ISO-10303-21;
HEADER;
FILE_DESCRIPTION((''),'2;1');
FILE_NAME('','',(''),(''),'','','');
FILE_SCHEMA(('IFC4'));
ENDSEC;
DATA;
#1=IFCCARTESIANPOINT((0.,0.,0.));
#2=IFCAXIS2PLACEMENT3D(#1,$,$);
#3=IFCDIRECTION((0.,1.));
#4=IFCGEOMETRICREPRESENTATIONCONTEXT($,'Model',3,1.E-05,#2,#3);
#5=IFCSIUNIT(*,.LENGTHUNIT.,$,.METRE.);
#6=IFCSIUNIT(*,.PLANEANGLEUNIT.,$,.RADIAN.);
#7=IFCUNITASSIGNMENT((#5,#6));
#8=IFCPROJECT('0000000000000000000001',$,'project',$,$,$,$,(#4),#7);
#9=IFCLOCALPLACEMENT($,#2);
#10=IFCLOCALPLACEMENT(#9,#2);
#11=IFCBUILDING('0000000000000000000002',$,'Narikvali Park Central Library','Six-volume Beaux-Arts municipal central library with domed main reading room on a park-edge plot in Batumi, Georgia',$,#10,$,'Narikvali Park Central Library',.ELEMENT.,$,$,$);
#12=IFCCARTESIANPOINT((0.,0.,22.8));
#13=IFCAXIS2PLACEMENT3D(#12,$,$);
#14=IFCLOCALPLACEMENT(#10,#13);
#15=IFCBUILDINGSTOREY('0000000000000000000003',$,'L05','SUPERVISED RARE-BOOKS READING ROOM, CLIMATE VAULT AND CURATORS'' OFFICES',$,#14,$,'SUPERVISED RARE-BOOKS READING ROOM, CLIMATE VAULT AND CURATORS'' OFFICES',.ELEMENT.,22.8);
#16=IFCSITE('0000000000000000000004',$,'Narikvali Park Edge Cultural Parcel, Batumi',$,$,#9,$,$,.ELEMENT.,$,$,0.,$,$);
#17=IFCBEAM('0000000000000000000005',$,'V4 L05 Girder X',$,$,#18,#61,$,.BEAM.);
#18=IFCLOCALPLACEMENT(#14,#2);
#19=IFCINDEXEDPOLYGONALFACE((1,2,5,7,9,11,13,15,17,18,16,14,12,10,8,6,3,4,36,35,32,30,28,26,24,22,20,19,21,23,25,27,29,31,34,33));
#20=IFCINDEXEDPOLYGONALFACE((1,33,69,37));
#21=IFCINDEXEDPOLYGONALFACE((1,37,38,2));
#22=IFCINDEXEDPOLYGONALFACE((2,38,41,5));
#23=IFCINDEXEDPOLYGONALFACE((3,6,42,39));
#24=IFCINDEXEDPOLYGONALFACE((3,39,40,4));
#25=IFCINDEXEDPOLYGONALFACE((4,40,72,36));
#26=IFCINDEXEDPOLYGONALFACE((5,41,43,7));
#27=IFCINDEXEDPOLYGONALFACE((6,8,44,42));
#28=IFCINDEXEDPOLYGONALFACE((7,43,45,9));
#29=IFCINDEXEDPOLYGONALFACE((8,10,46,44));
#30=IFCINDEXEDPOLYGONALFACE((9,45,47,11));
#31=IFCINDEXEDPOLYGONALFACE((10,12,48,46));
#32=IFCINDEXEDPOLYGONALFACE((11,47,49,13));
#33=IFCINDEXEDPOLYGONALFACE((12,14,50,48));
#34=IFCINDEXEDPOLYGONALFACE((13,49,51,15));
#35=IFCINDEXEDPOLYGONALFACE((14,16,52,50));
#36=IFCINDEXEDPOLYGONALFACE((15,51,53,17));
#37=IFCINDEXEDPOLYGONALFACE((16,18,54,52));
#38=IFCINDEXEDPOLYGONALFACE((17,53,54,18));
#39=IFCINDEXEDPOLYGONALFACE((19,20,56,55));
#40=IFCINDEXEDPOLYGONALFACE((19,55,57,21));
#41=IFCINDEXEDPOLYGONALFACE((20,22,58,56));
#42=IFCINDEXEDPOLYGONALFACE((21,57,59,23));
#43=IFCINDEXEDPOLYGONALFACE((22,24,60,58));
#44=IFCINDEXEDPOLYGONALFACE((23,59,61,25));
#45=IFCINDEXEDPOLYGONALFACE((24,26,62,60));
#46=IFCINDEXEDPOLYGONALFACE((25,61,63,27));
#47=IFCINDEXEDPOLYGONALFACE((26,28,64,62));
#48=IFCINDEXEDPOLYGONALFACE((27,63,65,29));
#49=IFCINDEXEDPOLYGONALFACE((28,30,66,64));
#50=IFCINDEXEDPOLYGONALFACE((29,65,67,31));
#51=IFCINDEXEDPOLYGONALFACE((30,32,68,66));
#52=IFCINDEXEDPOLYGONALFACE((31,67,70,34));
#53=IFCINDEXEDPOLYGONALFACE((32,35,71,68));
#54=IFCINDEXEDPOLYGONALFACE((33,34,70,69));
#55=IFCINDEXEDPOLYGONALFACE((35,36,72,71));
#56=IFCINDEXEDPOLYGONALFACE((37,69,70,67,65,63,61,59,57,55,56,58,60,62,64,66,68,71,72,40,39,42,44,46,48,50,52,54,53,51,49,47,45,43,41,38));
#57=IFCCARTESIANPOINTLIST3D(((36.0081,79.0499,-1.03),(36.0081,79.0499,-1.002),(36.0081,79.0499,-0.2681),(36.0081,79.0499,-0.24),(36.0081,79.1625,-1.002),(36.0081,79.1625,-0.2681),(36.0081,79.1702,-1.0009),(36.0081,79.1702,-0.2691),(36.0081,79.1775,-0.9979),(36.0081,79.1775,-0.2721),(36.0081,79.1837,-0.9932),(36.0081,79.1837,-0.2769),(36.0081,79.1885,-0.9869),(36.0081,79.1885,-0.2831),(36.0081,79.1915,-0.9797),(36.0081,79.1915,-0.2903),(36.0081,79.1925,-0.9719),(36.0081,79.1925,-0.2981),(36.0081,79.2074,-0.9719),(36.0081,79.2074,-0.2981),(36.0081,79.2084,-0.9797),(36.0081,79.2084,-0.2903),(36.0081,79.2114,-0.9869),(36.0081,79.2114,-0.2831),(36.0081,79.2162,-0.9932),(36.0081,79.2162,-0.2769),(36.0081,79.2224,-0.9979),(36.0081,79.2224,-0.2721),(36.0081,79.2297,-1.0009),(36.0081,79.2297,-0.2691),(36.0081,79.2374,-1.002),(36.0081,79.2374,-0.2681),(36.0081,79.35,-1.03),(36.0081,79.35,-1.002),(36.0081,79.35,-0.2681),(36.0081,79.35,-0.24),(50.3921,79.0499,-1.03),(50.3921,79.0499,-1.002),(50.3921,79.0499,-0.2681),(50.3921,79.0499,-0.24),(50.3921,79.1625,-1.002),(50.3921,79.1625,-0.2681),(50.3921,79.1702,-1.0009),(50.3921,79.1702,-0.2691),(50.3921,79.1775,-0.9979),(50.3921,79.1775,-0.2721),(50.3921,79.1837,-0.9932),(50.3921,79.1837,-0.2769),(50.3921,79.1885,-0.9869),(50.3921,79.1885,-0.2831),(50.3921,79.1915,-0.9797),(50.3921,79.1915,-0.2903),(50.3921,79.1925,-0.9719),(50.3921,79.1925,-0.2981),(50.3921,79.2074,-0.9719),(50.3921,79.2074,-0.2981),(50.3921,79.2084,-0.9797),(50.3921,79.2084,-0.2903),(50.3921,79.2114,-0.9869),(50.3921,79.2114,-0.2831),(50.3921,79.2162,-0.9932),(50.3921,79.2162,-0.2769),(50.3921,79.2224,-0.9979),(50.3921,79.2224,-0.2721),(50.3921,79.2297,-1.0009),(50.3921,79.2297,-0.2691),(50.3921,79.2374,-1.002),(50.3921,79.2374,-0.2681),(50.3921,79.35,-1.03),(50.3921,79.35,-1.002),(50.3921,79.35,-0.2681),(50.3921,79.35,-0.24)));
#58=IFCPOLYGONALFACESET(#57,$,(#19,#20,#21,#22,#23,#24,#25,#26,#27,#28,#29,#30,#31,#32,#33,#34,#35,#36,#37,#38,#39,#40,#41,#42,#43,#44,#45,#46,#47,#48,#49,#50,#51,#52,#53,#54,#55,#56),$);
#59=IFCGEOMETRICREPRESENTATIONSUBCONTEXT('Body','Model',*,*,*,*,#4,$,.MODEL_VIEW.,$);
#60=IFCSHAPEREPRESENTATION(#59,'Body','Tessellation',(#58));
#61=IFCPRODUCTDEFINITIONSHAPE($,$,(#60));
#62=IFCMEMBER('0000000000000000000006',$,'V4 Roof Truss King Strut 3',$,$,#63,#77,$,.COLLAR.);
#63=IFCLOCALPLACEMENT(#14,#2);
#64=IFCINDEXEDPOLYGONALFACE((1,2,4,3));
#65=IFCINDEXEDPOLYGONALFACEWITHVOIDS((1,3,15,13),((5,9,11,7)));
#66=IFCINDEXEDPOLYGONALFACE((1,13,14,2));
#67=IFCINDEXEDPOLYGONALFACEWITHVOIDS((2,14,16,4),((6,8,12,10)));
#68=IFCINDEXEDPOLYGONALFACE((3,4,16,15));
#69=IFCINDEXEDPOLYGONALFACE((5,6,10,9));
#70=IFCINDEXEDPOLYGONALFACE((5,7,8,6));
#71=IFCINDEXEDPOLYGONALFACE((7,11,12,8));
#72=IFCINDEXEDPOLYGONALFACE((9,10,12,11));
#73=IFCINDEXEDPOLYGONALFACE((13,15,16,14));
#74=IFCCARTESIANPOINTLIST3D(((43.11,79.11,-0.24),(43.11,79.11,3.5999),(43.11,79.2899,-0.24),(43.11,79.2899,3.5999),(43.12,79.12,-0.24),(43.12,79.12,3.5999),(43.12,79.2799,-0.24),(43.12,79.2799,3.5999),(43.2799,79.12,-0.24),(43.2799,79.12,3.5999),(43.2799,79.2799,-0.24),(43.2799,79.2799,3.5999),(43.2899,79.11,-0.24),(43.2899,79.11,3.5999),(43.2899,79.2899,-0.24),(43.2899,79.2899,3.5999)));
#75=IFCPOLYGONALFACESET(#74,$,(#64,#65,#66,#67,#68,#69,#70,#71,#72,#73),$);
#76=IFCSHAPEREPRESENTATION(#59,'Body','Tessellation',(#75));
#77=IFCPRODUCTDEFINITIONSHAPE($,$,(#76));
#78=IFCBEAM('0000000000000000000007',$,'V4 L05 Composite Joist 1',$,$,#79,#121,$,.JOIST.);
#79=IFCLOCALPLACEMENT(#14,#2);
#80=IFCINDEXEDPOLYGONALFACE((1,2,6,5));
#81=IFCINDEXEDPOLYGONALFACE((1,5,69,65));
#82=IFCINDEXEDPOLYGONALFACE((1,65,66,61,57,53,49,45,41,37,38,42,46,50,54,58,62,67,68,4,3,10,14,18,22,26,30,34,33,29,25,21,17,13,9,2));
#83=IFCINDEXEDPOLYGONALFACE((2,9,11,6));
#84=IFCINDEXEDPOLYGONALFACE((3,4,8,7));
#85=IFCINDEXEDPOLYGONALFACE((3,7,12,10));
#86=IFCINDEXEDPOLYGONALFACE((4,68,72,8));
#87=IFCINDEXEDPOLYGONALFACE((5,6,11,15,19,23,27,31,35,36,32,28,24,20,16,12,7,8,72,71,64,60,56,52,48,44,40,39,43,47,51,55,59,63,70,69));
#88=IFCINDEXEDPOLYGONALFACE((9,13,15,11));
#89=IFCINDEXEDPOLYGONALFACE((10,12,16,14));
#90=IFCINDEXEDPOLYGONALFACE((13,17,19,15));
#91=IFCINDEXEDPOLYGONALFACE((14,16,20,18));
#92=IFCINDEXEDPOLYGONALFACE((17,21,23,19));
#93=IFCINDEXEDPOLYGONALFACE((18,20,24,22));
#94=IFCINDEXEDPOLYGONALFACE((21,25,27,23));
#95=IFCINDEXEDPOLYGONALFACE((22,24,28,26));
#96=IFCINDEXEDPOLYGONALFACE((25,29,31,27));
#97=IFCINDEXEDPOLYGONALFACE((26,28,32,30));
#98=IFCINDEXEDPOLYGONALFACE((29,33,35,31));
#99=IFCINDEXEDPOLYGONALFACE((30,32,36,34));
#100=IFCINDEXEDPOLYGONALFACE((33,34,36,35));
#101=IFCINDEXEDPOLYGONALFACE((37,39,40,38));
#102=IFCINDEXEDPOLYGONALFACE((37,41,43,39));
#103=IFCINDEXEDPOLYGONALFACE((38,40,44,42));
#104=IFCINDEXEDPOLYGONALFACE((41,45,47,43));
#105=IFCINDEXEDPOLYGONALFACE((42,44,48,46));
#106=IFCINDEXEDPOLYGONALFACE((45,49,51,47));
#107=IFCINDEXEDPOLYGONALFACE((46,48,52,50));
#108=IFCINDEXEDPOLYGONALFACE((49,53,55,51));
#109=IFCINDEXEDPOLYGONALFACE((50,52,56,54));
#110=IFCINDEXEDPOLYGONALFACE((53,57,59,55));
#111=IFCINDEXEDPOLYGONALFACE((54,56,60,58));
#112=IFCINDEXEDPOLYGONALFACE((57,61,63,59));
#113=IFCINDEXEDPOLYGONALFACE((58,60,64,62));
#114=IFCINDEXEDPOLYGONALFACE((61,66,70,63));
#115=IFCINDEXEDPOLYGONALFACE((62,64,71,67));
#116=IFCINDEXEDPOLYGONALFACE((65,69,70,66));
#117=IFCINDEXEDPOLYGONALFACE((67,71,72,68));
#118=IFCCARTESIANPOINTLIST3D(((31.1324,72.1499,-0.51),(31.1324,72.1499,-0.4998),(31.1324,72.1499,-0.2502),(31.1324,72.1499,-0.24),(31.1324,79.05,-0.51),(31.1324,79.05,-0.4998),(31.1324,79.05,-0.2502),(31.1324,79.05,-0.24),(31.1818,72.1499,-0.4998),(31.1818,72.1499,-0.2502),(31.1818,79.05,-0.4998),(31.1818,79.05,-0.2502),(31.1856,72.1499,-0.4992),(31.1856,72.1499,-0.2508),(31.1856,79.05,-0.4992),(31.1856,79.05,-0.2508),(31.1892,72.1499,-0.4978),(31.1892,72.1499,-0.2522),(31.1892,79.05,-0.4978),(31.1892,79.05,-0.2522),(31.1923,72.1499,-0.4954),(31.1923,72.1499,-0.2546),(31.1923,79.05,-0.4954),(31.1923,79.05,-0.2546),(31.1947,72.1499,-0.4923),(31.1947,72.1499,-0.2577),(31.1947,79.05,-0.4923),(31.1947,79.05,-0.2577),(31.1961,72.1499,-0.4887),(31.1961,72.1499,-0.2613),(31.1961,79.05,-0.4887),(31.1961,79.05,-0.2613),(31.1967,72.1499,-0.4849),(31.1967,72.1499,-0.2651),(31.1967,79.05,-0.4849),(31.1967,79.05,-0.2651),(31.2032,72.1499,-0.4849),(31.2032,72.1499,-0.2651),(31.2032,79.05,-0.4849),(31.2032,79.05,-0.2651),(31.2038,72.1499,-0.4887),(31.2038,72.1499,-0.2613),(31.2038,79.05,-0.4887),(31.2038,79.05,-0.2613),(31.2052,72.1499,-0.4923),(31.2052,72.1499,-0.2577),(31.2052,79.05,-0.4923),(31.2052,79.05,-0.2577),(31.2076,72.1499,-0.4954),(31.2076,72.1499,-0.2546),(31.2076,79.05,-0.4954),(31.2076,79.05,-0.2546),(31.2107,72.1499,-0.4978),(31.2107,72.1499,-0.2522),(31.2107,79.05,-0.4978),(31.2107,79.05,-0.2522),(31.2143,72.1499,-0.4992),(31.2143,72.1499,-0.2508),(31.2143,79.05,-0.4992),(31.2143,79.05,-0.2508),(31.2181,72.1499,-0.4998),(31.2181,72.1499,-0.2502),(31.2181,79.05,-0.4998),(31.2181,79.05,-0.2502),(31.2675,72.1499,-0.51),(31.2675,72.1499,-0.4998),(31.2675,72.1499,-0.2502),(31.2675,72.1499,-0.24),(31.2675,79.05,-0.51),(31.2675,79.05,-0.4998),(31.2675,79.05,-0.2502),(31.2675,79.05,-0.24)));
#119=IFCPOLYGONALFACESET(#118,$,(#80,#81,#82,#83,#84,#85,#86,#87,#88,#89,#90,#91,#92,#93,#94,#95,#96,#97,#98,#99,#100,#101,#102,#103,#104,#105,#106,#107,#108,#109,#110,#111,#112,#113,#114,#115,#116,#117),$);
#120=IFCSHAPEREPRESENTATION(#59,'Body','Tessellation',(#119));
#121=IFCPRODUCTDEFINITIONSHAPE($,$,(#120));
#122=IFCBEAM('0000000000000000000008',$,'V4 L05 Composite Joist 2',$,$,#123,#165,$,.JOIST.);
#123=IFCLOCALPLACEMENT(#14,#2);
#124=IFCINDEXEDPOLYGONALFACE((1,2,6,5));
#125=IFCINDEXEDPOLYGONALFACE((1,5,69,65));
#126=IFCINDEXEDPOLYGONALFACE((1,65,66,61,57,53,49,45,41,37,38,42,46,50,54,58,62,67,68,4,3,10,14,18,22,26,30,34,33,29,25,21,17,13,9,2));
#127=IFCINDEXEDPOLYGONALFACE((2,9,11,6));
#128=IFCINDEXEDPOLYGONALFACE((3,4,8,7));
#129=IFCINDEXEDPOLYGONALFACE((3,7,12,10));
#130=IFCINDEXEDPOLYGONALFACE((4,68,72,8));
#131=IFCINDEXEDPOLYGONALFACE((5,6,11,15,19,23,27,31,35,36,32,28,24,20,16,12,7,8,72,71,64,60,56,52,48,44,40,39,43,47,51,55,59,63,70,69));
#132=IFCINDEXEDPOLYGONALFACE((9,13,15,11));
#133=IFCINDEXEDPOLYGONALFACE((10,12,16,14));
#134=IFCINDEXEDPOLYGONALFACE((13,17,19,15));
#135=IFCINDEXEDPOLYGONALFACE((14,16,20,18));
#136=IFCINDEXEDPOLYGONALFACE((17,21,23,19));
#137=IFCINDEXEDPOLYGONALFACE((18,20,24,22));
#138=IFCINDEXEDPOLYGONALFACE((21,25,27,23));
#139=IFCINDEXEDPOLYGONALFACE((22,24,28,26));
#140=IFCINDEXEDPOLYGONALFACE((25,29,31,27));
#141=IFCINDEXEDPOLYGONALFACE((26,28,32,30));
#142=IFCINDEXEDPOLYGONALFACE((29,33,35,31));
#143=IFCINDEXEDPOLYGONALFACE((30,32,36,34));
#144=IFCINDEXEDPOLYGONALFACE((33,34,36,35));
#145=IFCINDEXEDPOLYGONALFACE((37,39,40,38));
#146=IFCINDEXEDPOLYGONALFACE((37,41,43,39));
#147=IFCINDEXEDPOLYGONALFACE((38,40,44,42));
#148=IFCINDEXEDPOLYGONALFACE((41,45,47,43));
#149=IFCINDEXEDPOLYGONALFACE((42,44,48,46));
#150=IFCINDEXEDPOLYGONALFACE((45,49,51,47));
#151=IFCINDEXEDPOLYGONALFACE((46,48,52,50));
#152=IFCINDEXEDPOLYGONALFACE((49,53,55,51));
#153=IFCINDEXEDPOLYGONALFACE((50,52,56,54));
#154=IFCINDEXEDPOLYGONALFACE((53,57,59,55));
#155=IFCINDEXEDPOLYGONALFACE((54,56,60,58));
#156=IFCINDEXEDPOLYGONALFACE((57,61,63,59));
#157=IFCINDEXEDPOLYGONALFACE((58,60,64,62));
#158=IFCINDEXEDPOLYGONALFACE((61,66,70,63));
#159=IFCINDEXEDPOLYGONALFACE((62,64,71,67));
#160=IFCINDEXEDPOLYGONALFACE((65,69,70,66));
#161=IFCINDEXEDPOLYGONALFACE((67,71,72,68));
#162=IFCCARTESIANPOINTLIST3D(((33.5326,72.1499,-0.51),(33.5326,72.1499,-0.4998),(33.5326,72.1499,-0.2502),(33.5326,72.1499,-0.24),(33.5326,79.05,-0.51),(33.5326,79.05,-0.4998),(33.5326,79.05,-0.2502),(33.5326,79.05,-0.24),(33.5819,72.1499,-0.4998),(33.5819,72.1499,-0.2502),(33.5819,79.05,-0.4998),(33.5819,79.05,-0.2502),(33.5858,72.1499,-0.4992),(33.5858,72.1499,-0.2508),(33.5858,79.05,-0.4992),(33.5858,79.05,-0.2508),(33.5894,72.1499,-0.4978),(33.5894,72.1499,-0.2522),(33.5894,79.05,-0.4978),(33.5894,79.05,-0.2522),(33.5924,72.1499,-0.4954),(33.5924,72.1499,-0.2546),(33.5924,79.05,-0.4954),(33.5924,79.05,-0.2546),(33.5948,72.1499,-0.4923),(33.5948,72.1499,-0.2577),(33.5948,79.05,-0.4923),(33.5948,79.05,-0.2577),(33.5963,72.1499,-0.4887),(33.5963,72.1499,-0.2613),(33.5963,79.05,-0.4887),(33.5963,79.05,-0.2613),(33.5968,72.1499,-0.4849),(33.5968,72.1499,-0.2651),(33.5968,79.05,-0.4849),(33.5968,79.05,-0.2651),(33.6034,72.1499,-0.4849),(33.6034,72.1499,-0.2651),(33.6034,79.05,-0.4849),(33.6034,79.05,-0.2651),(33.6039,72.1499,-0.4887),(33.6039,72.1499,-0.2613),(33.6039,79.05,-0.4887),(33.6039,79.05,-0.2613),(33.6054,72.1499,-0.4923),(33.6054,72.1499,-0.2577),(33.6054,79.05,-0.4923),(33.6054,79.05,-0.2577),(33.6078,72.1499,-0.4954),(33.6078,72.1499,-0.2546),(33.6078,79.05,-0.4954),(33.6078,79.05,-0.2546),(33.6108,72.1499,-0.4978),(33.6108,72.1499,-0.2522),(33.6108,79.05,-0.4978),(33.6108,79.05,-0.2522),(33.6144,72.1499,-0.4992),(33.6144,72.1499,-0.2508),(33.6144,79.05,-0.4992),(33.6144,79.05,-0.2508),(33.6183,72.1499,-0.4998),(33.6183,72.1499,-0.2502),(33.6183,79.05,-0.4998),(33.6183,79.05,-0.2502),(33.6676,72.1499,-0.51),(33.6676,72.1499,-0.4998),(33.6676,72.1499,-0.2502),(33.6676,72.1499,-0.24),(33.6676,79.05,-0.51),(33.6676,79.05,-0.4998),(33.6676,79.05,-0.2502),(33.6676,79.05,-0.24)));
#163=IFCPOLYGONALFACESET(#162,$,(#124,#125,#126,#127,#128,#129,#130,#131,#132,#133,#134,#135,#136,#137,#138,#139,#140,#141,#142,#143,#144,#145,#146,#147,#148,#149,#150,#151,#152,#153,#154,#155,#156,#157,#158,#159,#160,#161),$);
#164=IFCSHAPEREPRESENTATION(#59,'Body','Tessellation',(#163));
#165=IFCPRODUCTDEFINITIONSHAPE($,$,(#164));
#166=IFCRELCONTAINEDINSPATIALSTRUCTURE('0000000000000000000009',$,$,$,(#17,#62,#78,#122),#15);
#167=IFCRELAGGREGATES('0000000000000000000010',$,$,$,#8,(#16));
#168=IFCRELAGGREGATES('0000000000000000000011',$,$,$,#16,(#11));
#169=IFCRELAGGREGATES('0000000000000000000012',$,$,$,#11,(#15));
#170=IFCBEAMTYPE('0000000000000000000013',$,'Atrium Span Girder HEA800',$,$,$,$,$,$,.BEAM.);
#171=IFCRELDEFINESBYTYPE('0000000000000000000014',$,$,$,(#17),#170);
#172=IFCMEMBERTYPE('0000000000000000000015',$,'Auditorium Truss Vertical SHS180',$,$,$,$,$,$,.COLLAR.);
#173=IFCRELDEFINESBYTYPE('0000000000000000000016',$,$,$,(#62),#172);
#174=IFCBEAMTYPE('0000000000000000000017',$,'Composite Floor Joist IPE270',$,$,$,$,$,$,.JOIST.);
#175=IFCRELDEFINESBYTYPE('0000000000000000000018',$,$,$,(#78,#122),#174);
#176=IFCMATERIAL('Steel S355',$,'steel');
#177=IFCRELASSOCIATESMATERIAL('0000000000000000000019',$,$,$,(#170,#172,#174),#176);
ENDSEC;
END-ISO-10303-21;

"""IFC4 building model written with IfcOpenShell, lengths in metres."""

from ifc_helpers import new_model, si_unit, direction, frame, origin, origin_2d, place, context, subcontext, project, spatial, hollow_rectangle, i_section, extrude, material, material_profile, profile_set, type_object, element, save


model = new_model("IFC4")

# Units and contexts
model_context = context("Model", 3, precision=1e-05, world=origin(), true_north=direction((0.0, 1.0)))
body_context = subcontext(model_context, "Body", "Model", "MODEL_VIEW")
ifc_project = project(units=[si_unit("LENGTHUNIT", "METRE"), si_unit("PLANEANGLEUNIT", "RADIAN")], contexts=[model_context])

# Site, building, storey
site_placement = place(None, origin())
site = spatial("IfcSite", under=ifc_project, at=site_placement, Name="Narikvali Park Edge Cultural Parcel, Batumi", CompositionType="ELEMENT", RefElevation=0.0)
building_placement = place(site_placement, origin())
building = spatial("IfcBuilding", under=site, at=building_placement, Name="Narikvali Park Central Library", Description="Six-volume Beaux-Arts municipal central library with domed main reading room on a park-edge plot in Batumi, Georgia", LongName="Narikvali Park Central Library", CompositionType="ELEMENT")
storey_placement = place(building_placement, frame((0.0, 0.0, 22.8)))
storey = spatial("IfcBuildingStorey", under=building, at=storey_placement, Name="L05", Description="SUPERVISED RARE-BOOKS READING ROOM, CLIMATE VAULT AND CURATORS' OFFICES", LongName="SUPERVISED RARE-BOOKS READING ROOM, CLIMATE VAULT AND CURATORS' OFFICES", CompositionType="ELEMENT", Elevation=22.8)

# Beam
ifc_material = material(Name="Steel S355", Category="steel")
ifc_material_profile_1 = material_profile(ifc_material, i_section(OverallWidth=0.3, OverallDepth=0.79, WebThickness=0.0149, FlangeThickness=0.0281, FilletRadius=0.03, at=origin_2d()), Name="HEA 800")
ifc_profile_set_1 = profile_set([ifc_material_profile_1], Name="Steel S355")
beam_type_1 = type_object("IfcBeamType", Name="Atrium Span Girder HEA800", PredefinedType="BEAM", material=ifc_profile_set_1)
beam_1_placement = place(storey_placement, frame((36.0081, 79.2, -0.635), z_axis=(1.0, 0.0, 0.0), x_axis=(0.0, 1.0, 0.0)))
element("IfcBeam", 1, at=beam_1_placement, inside=storey, type_object=beam_type_1, Name="V4 L05 Girder X", PredefinedType="BEAM", context=body_context, shape_type="SweptSolid", body=[
    extrude(i_section(OverallWidth=0.3, OverallDepth=0.79, WebThickness=0.0149, FlangeThickness=0.0281, FilletRadius=0.03, at=origin_2d()), origin(), (0.0, 0.0, 1.0), 14.384),
])

# Member
ifc_material_profile_2 = material_profile(ifc_material, hollow_rectangle(XDim=0.1799, YDim=0.1799, WallThickness=0.01, at=origin_2d()), Name="SHS 180x180x10")
ifc_profile_set_2 = profile_set([ifc_material_profile_2], Name="Steel S355")
member_type_1 = type_object("IfcMemberType", Name="Auditorium Truss Vertical SHS180", PredefinedType="COLLAR", material=ifc_profile_set_2)
member_1_placement = place(storey_placement, frame((43.2, 79.2, -0.24), z_axis=(0.0, 0.0, 1.0), x_axis=(1.0, 0.0, 0.0)))
element("IfcMember", 2, at=member_1_placement, inside=storey, type_object=member_type_1, Name="V4 Roof Truss King Strut 3", PredefinedType="COLLAR", context=body_context, shape_type="SweptSolid", body=[
    extrude(hollow_rectangle(XDim=0.1799, YDim=0.1799, WallThickness=0.01, at=origin_2d()), origin(), (0.0, 0.0, 1.0), 3.8398),
])

# Beams
ifc_material_profile_3 = material_profile(ifc_material, i_section(OverallWidth=0.135, OverallDepth=0.27, WebThickness=0.0066, FlangeThickness=0.0103, FilletRadius=0.0149, at=origin_2d()), Name="IPE 270")
ifc_profile_set_3 = profile_set([ifc_material_profile_3], Name="Steel S355")
beam_type_2 = type_object("IfcBeamType", Name="Composite Floor Joist IPE270", PredefinedType="JOIST", material=ifc_profile_set_3)
for number, where, z_axis, x_axis, name in (
    (3, (31.2, 72.1499, -0.375), (0.0, 1.0, 0.0), (-1.0, 0.0, 0.0), "V4 L05 Composite Joist 1"),
    (4, (33.6001, 72.1499, -0.375), (0.0, 1.0, 0.0), (-1.0, 0.0, 0.0), "V4 L05 Composite Joist 2"),
):
    element("IfcBeam", number, at=place(storey_placement, frame(where, z_axis=z_axis, x_axis=x_axis)), inside=storey, type_object=beam_type_2, Name=name, PredefinedType="JOIST", context=body_context, shape_type="SweptSolid", body=[
        extrude(i_section(OverallWidth=0.135, OverallDepth=0.27, WebThickness=0.0066, FlangeThickness=0.0103, FilletRadius=0.0149, at=origin_2d()), origin(), (0.0, 0.0, 1.0), 6.9001),
    ])

save(model, "model.ifc")
